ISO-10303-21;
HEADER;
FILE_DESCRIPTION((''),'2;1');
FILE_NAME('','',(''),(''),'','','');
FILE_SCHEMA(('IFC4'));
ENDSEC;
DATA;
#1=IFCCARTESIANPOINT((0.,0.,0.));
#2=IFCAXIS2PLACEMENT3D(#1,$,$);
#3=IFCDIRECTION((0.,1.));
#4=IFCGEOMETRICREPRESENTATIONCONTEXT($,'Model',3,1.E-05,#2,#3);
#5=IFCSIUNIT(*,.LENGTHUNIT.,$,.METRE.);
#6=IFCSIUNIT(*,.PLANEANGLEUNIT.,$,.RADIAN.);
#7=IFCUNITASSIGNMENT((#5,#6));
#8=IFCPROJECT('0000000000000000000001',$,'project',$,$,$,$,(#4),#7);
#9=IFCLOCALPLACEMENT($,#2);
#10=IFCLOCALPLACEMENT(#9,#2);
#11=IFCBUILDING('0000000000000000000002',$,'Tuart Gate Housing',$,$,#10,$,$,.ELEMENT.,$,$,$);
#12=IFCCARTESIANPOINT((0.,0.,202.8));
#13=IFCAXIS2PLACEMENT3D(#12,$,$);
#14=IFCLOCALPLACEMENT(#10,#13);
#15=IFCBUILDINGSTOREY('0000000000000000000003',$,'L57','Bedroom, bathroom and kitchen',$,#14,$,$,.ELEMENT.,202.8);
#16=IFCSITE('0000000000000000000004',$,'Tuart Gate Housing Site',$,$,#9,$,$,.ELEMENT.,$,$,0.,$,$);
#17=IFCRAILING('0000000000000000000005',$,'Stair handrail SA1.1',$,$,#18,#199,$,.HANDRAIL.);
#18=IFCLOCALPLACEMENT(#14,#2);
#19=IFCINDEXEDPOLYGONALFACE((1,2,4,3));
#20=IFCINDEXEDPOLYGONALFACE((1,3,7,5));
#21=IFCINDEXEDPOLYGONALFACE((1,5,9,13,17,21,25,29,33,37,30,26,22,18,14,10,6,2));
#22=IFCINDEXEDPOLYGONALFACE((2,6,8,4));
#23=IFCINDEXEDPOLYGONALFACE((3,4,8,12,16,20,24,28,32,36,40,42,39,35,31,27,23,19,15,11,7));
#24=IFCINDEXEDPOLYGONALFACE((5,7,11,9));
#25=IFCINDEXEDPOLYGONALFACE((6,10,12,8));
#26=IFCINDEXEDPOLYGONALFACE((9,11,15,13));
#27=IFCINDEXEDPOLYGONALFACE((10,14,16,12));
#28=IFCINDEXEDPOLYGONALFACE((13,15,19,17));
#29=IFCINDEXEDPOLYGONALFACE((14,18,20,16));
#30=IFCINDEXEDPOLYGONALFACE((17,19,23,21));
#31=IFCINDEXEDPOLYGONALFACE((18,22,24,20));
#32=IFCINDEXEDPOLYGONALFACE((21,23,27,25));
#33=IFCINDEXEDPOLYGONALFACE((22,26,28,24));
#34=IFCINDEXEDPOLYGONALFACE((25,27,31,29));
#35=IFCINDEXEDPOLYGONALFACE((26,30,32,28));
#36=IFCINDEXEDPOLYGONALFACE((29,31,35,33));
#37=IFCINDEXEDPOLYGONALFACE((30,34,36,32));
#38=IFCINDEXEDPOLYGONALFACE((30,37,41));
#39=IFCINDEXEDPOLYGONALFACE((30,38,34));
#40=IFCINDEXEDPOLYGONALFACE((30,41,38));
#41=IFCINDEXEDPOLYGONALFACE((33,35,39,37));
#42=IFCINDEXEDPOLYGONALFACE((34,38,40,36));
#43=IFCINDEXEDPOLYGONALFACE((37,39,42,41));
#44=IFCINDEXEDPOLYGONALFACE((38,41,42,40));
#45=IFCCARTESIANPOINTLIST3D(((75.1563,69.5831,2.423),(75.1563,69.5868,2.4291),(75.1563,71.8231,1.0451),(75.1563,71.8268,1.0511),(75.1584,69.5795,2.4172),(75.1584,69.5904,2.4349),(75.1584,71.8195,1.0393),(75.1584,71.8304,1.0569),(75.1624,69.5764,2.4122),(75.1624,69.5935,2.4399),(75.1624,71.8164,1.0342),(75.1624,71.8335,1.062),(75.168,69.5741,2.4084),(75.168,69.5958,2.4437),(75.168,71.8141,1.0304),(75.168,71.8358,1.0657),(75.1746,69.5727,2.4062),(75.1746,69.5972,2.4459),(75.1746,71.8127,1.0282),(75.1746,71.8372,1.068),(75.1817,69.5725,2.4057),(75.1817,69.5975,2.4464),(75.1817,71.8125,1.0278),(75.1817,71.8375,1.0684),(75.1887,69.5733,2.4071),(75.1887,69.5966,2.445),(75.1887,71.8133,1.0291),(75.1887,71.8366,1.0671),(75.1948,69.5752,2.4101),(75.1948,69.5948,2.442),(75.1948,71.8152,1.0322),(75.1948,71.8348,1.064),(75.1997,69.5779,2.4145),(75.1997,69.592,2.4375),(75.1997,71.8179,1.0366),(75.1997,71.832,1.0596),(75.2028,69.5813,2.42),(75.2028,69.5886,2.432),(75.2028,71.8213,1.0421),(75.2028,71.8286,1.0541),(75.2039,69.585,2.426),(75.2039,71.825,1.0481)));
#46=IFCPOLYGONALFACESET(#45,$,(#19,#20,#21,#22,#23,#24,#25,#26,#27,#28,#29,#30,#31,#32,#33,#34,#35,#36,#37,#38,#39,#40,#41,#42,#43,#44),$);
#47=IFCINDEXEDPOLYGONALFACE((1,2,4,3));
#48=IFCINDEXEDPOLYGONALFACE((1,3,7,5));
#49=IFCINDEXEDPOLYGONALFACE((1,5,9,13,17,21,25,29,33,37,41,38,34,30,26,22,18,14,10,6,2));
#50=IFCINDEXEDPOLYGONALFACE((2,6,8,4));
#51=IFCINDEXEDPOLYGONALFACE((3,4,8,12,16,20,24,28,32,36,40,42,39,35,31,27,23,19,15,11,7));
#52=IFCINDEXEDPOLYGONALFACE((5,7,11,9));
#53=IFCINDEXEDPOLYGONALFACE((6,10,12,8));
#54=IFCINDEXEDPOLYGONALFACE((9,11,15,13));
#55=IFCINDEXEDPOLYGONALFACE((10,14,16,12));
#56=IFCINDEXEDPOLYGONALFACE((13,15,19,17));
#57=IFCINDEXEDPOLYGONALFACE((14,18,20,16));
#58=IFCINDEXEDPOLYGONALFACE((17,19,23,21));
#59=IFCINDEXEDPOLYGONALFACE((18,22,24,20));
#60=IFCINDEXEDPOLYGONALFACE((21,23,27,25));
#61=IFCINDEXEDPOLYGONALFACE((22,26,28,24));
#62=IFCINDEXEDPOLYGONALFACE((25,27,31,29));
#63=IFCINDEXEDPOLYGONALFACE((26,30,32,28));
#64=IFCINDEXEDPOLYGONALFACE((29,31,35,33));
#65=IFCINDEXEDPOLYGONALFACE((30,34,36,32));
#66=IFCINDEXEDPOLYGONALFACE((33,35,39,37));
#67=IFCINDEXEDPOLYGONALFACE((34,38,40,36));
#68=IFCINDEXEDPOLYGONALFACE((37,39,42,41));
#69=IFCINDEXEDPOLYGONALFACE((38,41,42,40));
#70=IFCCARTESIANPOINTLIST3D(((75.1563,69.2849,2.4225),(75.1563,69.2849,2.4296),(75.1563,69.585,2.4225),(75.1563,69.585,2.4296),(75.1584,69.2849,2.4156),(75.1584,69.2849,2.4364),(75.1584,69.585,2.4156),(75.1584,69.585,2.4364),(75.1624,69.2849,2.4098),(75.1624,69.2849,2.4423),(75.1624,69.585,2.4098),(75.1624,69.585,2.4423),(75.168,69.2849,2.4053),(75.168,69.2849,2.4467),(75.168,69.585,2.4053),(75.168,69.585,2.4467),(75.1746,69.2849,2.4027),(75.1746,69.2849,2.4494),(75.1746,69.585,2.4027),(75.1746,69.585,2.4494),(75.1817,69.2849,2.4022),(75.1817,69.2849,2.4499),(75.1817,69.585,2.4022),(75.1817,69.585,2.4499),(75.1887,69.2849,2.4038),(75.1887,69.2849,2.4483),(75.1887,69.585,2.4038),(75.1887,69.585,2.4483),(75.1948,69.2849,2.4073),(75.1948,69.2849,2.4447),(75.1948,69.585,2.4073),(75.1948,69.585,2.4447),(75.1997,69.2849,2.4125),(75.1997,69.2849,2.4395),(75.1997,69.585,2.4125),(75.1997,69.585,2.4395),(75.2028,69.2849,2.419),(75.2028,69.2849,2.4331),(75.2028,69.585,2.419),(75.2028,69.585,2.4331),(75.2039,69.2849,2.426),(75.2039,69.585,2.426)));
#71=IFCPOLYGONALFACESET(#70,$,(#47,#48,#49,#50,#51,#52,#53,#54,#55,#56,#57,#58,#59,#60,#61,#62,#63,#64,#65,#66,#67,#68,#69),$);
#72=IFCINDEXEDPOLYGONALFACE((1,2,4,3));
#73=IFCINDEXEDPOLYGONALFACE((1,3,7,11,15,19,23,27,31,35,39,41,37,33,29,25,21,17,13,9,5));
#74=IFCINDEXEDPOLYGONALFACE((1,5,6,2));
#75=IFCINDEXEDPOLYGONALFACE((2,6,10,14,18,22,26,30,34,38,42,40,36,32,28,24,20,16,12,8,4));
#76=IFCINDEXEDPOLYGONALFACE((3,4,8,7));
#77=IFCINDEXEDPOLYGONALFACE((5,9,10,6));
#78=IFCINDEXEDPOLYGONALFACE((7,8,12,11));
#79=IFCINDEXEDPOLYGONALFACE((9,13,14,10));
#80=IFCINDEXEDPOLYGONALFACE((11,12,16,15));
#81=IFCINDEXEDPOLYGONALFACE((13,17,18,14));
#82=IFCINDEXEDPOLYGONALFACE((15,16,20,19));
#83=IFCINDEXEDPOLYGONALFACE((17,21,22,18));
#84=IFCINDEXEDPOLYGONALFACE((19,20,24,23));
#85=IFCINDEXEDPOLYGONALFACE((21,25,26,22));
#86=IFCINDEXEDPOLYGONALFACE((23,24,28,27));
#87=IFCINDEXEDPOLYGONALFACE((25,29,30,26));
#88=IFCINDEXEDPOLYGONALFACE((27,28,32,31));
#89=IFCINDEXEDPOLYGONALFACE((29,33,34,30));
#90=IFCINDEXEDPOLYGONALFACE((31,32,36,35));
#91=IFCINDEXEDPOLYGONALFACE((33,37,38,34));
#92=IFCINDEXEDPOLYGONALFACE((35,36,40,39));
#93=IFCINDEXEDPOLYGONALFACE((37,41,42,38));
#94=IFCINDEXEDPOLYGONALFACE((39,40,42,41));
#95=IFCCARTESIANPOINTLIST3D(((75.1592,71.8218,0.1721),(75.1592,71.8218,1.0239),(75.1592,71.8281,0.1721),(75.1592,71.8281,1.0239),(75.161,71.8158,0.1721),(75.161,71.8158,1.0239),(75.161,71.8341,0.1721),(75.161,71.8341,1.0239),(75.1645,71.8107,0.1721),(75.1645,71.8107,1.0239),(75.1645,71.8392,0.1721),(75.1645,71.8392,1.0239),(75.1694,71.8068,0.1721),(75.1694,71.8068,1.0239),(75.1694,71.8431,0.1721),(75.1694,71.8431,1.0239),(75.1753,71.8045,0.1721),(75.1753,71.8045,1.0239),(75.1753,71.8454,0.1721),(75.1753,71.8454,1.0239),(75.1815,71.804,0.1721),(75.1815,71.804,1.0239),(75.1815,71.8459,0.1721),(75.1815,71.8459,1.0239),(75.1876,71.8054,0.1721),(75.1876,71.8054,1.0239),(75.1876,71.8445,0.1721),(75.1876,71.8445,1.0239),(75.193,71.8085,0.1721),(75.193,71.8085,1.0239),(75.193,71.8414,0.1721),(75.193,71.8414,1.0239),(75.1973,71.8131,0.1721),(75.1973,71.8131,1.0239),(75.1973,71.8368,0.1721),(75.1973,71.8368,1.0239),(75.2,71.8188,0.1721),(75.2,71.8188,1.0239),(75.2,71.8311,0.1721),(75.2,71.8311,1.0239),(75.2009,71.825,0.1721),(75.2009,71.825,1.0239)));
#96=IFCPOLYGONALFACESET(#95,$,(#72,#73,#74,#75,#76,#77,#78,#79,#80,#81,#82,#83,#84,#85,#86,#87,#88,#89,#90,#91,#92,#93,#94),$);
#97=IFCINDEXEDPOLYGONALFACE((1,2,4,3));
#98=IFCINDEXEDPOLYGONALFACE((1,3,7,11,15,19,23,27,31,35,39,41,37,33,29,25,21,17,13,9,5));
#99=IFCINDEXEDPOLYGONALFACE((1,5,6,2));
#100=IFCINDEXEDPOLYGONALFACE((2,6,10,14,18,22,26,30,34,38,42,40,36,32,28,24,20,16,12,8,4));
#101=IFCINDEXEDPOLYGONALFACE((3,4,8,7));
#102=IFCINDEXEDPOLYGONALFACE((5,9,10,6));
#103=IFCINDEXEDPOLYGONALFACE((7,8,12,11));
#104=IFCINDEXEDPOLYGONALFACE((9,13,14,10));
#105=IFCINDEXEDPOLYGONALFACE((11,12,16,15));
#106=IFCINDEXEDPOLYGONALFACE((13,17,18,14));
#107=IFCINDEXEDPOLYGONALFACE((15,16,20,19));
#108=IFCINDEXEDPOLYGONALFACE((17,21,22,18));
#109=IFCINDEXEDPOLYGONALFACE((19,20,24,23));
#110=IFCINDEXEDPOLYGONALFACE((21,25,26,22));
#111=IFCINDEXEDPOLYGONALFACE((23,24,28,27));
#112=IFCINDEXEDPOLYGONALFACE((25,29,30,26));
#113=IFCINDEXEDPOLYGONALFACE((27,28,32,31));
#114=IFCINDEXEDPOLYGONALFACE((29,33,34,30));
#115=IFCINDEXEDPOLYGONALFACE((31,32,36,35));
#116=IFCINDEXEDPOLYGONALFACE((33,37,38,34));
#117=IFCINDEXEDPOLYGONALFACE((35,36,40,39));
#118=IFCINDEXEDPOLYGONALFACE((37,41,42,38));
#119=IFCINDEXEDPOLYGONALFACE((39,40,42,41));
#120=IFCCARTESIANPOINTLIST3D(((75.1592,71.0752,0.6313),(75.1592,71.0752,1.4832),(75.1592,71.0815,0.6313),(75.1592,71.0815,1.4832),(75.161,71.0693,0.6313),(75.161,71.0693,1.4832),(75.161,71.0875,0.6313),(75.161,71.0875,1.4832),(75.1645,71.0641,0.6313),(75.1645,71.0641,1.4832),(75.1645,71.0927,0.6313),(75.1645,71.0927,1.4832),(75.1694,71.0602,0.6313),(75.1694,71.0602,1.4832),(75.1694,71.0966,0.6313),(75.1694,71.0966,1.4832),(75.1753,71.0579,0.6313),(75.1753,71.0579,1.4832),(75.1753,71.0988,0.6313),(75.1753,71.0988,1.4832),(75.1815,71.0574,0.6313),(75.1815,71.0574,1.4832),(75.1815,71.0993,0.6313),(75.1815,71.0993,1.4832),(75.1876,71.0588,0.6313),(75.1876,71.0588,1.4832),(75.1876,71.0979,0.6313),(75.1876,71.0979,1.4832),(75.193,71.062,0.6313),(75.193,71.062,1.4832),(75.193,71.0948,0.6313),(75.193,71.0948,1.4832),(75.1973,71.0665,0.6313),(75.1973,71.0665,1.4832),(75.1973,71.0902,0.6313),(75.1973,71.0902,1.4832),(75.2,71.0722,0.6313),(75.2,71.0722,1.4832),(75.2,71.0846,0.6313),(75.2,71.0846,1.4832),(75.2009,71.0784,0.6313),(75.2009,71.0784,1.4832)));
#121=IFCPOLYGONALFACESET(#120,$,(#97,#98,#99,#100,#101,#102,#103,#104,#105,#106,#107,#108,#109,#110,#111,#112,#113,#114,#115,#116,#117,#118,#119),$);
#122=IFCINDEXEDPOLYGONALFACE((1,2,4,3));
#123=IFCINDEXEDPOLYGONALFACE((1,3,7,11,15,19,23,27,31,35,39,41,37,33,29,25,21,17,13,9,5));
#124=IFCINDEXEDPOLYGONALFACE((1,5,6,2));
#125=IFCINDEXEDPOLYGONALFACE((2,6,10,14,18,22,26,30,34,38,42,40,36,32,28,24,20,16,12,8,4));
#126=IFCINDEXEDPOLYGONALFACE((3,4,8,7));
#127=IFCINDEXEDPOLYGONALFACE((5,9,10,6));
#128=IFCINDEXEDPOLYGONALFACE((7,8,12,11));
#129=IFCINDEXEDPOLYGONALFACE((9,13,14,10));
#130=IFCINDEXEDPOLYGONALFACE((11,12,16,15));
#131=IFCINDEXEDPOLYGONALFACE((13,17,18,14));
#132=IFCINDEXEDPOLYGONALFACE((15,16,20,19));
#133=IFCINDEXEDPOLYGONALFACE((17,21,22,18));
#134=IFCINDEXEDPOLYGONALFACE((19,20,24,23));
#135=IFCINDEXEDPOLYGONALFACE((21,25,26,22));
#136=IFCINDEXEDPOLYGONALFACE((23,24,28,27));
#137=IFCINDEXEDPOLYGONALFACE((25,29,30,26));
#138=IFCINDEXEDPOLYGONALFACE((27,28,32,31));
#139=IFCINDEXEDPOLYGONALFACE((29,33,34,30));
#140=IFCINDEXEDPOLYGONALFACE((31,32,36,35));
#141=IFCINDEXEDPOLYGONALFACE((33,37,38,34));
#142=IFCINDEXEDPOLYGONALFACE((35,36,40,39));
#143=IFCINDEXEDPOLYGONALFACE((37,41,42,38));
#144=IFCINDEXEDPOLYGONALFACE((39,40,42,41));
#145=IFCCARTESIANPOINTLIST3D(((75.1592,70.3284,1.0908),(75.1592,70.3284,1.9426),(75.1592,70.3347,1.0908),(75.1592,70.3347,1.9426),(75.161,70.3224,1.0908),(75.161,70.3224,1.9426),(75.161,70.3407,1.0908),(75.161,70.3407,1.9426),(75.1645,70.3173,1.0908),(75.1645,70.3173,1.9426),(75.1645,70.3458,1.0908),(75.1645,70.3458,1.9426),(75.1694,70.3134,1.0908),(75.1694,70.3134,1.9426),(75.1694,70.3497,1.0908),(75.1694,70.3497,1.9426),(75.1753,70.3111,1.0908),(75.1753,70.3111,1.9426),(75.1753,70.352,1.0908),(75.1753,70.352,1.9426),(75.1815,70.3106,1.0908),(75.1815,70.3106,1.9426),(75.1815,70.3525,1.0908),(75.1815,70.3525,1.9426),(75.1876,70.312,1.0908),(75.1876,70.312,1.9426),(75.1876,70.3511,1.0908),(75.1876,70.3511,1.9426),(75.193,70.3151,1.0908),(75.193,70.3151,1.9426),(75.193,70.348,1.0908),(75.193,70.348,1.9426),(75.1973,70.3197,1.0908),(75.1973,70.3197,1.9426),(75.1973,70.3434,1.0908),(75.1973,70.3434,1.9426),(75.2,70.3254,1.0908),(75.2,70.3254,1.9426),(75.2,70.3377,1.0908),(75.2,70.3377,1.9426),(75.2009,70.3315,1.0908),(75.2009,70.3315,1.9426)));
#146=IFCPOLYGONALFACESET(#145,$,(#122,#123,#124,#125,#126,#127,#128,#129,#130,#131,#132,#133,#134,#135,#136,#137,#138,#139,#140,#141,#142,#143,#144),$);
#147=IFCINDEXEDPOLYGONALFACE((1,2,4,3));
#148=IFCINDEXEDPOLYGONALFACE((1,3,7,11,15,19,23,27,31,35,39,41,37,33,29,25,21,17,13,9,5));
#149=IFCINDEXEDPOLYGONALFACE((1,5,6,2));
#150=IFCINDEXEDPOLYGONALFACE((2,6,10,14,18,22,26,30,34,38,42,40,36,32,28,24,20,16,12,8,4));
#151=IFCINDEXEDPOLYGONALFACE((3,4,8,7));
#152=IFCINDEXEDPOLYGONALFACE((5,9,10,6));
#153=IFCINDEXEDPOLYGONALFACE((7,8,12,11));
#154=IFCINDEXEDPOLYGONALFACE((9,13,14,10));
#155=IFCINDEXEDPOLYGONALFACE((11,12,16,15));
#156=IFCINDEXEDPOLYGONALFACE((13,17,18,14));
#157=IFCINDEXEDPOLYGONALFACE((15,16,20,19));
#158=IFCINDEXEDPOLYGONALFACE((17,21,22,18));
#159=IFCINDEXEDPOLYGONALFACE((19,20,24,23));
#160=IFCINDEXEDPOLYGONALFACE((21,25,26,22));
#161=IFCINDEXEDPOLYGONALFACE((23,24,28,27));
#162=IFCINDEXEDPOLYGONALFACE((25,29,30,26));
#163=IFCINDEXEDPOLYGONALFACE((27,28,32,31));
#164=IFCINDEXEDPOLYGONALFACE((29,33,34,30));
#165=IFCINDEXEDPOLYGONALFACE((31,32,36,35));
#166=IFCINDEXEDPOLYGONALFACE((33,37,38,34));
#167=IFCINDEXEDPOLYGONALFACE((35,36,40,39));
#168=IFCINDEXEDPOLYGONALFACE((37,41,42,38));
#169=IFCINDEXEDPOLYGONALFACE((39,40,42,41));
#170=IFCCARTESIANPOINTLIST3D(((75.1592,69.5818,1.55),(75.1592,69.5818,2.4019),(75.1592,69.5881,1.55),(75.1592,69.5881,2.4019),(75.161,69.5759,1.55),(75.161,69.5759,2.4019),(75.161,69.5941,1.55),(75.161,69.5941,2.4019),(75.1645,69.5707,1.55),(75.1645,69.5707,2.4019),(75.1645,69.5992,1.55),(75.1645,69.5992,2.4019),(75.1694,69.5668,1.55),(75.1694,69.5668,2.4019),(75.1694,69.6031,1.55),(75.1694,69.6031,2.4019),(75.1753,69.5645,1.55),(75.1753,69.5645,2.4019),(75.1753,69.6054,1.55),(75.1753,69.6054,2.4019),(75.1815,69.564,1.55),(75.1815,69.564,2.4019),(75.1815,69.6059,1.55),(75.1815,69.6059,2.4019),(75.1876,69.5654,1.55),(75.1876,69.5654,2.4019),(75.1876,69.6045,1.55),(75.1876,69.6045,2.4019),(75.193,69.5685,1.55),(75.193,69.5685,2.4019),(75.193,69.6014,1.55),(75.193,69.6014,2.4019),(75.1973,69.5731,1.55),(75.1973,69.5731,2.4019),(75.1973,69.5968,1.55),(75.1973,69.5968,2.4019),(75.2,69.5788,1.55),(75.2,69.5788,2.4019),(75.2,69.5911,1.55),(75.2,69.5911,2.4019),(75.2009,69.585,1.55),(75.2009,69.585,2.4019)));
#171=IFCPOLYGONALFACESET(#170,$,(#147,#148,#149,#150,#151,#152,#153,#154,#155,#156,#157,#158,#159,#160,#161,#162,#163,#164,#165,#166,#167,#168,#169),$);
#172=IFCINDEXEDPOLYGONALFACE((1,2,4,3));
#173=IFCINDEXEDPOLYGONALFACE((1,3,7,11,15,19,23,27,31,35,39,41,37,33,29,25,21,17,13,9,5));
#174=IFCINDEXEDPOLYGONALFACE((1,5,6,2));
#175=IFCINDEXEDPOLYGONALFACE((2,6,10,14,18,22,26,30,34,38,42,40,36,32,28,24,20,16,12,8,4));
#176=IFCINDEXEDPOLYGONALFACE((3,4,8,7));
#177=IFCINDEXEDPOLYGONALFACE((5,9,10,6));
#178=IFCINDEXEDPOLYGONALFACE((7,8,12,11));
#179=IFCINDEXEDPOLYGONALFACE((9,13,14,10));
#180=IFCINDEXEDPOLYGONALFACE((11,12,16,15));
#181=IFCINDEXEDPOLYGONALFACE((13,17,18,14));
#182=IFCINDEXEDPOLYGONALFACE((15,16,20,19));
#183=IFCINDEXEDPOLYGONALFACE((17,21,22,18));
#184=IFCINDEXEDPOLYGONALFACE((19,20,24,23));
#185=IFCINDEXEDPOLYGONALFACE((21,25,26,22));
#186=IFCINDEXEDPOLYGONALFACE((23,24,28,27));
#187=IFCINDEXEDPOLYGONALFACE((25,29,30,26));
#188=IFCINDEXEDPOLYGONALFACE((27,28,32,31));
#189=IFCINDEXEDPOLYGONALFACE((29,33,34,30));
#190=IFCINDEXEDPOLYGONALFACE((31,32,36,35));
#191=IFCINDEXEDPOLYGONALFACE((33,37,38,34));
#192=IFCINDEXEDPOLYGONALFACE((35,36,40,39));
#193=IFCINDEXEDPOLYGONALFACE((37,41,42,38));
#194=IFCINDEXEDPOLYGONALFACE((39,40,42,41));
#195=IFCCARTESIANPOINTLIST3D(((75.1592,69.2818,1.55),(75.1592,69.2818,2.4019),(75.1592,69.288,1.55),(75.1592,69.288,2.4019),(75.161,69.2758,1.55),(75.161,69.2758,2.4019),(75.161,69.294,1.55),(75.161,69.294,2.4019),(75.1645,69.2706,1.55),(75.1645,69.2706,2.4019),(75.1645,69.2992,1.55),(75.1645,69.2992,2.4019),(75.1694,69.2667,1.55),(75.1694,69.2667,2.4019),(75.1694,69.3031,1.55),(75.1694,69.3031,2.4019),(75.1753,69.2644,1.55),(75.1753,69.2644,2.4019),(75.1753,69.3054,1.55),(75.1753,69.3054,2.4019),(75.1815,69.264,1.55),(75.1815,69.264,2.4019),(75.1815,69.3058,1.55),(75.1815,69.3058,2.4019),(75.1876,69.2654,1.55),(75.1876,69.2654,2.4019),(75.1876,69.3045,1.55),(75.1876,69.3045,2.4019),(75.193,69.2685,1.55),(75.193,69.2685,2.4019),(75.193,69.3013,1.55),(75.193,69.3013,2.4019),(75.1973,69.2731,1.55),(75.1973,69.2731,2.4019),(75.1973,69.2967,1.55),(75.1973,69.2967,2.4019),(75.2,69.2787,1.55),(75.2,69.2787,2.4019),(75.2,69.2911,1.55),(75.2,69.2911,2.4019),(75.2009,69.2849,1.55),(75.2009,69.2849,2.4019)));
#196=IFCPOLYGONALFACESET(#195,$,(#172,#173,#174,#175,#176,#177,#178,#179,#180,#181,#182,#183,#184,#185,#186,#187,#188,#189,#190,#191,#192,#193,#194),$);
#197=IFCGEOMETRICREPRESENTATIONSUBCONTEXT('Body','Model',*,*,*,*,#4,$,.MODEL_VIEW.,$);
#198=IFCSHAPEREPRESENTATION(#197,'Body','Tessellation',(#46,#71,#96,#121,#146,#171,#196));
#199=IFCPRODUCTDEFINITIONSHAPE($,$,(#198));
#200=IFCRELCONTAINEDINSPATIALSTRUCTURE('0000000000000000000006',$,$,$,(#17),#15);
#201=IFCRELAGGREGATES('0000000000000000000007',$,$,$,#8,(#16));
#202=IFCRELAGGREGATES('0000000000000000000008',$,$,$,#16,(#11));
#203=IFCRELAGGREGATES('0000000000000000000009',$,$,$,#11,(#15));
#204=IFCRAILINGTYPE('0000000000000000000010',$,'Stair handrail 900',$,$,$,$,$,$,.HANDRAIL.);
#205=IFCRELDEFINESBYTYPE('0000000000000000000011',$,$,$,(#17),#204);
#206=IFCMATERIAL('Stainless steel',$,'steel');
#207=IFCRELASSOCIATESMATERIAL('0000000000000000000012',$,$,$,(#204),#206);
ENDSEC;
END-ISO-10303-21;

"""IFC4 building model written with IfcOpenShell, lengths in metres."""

from ifc_helpers import new_model, si_unit, direction, frame, origin, origin_2d, place, context, subcontext, project, spatial, circle, extrude, material, type_object, element, save


model = new_model("IFC4")

# Units and contexts
model_context = context("Model", 3, precision=1e-05, world=origin(), true_north=direction((0.0, 1.0)))
body_context = subcontext(model_context, "Body", "Model", "MODEL_VIEW")
ifc_project = project(units=[si_unit("LENGTHUNIT", "METRE"), si_unit("PLANEANGLEUNIT", "RADIAN")], contexts=[model_context])

# Site, building, storey
site_placement = place(None, origin())
site = spatial("IfcSite", under=ifc_project, at=site_placement, Name="Tuart Gate Housing Site", CompositionType="ELEMENT", RefElevation=0.0)
building_placement = place(site_placement, origin())
building = spatial("IfcBuilding", under=site, at=building_placement, Name="Tuart Gate Housing", CompositionType="ELEMENT")
storey_placement = place(building_placement, frame((0.0, 0.0, 202.8)))
storey = spatial("IfcBuildingStorey", under=building, at=storey_placement, Name="L57", Description="Bedroom, bathroom and kitchen", CompositionType="ELEMENT", Elevation=202.8)

# Railing
ifc_material_1 = material(Name="Stainless steel", Category="steel")
railing_type = type_object("IfcRailingType", Name="Stair handrail 900", PredefinedType="HANDRAIL", material=ifc_material_1)
railing_placement = place(storey_placement, frame((75.1799, 71.825, 0.1721)))
element("IfcRailing", 1, at=railing_placement, inside=storey, type_object=railing_type, Name="Stair handrail SA1.1", PredefinedType="HANDRAIL", context=body_context, shape_type="SweptSolid", body=[
    extrude(circle(Radius=0.0239, at=origin_2d()), frame((0.0, 0.0, 0.876), z_axis=(0.0, -0.851748, 0.523952), x_axis=(1.0, 0.0, 0.0)), (0.0, 0.0, 1.0), 2.6299),
    extrude(circle(Radius=0.0239, at=origin_2d()), frame((0.0, -2.24, 2.2539), z_axis=(0.0, -1.0, 0.0), x_axis=(1.0, 0.0, 0.0)), (0.0, 0.0, 1.0), 0.3),
    extrude(circle(Radius=0.021, at=origin_2d()), origin(), (0.0, 0.0, 1.0), 0.8518),
    extrude(circle(Radius=0.021, at=origin_2d()), frame((0.0, -0.7466, 0.4592)), (0.0, 0.0, 1.0), 0.8518),
    extrude(circle(Radius=0.021, at=origin_2d()), frame((0.0, -1.4934, 0.9187)), (0.0, 0.0, 1.0), 0.8518),
    extrude(circle(Radius=0.021, at=origin_2d()), frame((0.0, -2.24, 1.3779)), (0.0, 0.0, 1.0), 0.8518),
    extrude(circle(Radius=0.021, at=origin_2d()), frame((0.0, -2.54, 1.3779)), (0.0, 0.0, 1.0), 0.8518),
])

save(model, "model.ifc")
